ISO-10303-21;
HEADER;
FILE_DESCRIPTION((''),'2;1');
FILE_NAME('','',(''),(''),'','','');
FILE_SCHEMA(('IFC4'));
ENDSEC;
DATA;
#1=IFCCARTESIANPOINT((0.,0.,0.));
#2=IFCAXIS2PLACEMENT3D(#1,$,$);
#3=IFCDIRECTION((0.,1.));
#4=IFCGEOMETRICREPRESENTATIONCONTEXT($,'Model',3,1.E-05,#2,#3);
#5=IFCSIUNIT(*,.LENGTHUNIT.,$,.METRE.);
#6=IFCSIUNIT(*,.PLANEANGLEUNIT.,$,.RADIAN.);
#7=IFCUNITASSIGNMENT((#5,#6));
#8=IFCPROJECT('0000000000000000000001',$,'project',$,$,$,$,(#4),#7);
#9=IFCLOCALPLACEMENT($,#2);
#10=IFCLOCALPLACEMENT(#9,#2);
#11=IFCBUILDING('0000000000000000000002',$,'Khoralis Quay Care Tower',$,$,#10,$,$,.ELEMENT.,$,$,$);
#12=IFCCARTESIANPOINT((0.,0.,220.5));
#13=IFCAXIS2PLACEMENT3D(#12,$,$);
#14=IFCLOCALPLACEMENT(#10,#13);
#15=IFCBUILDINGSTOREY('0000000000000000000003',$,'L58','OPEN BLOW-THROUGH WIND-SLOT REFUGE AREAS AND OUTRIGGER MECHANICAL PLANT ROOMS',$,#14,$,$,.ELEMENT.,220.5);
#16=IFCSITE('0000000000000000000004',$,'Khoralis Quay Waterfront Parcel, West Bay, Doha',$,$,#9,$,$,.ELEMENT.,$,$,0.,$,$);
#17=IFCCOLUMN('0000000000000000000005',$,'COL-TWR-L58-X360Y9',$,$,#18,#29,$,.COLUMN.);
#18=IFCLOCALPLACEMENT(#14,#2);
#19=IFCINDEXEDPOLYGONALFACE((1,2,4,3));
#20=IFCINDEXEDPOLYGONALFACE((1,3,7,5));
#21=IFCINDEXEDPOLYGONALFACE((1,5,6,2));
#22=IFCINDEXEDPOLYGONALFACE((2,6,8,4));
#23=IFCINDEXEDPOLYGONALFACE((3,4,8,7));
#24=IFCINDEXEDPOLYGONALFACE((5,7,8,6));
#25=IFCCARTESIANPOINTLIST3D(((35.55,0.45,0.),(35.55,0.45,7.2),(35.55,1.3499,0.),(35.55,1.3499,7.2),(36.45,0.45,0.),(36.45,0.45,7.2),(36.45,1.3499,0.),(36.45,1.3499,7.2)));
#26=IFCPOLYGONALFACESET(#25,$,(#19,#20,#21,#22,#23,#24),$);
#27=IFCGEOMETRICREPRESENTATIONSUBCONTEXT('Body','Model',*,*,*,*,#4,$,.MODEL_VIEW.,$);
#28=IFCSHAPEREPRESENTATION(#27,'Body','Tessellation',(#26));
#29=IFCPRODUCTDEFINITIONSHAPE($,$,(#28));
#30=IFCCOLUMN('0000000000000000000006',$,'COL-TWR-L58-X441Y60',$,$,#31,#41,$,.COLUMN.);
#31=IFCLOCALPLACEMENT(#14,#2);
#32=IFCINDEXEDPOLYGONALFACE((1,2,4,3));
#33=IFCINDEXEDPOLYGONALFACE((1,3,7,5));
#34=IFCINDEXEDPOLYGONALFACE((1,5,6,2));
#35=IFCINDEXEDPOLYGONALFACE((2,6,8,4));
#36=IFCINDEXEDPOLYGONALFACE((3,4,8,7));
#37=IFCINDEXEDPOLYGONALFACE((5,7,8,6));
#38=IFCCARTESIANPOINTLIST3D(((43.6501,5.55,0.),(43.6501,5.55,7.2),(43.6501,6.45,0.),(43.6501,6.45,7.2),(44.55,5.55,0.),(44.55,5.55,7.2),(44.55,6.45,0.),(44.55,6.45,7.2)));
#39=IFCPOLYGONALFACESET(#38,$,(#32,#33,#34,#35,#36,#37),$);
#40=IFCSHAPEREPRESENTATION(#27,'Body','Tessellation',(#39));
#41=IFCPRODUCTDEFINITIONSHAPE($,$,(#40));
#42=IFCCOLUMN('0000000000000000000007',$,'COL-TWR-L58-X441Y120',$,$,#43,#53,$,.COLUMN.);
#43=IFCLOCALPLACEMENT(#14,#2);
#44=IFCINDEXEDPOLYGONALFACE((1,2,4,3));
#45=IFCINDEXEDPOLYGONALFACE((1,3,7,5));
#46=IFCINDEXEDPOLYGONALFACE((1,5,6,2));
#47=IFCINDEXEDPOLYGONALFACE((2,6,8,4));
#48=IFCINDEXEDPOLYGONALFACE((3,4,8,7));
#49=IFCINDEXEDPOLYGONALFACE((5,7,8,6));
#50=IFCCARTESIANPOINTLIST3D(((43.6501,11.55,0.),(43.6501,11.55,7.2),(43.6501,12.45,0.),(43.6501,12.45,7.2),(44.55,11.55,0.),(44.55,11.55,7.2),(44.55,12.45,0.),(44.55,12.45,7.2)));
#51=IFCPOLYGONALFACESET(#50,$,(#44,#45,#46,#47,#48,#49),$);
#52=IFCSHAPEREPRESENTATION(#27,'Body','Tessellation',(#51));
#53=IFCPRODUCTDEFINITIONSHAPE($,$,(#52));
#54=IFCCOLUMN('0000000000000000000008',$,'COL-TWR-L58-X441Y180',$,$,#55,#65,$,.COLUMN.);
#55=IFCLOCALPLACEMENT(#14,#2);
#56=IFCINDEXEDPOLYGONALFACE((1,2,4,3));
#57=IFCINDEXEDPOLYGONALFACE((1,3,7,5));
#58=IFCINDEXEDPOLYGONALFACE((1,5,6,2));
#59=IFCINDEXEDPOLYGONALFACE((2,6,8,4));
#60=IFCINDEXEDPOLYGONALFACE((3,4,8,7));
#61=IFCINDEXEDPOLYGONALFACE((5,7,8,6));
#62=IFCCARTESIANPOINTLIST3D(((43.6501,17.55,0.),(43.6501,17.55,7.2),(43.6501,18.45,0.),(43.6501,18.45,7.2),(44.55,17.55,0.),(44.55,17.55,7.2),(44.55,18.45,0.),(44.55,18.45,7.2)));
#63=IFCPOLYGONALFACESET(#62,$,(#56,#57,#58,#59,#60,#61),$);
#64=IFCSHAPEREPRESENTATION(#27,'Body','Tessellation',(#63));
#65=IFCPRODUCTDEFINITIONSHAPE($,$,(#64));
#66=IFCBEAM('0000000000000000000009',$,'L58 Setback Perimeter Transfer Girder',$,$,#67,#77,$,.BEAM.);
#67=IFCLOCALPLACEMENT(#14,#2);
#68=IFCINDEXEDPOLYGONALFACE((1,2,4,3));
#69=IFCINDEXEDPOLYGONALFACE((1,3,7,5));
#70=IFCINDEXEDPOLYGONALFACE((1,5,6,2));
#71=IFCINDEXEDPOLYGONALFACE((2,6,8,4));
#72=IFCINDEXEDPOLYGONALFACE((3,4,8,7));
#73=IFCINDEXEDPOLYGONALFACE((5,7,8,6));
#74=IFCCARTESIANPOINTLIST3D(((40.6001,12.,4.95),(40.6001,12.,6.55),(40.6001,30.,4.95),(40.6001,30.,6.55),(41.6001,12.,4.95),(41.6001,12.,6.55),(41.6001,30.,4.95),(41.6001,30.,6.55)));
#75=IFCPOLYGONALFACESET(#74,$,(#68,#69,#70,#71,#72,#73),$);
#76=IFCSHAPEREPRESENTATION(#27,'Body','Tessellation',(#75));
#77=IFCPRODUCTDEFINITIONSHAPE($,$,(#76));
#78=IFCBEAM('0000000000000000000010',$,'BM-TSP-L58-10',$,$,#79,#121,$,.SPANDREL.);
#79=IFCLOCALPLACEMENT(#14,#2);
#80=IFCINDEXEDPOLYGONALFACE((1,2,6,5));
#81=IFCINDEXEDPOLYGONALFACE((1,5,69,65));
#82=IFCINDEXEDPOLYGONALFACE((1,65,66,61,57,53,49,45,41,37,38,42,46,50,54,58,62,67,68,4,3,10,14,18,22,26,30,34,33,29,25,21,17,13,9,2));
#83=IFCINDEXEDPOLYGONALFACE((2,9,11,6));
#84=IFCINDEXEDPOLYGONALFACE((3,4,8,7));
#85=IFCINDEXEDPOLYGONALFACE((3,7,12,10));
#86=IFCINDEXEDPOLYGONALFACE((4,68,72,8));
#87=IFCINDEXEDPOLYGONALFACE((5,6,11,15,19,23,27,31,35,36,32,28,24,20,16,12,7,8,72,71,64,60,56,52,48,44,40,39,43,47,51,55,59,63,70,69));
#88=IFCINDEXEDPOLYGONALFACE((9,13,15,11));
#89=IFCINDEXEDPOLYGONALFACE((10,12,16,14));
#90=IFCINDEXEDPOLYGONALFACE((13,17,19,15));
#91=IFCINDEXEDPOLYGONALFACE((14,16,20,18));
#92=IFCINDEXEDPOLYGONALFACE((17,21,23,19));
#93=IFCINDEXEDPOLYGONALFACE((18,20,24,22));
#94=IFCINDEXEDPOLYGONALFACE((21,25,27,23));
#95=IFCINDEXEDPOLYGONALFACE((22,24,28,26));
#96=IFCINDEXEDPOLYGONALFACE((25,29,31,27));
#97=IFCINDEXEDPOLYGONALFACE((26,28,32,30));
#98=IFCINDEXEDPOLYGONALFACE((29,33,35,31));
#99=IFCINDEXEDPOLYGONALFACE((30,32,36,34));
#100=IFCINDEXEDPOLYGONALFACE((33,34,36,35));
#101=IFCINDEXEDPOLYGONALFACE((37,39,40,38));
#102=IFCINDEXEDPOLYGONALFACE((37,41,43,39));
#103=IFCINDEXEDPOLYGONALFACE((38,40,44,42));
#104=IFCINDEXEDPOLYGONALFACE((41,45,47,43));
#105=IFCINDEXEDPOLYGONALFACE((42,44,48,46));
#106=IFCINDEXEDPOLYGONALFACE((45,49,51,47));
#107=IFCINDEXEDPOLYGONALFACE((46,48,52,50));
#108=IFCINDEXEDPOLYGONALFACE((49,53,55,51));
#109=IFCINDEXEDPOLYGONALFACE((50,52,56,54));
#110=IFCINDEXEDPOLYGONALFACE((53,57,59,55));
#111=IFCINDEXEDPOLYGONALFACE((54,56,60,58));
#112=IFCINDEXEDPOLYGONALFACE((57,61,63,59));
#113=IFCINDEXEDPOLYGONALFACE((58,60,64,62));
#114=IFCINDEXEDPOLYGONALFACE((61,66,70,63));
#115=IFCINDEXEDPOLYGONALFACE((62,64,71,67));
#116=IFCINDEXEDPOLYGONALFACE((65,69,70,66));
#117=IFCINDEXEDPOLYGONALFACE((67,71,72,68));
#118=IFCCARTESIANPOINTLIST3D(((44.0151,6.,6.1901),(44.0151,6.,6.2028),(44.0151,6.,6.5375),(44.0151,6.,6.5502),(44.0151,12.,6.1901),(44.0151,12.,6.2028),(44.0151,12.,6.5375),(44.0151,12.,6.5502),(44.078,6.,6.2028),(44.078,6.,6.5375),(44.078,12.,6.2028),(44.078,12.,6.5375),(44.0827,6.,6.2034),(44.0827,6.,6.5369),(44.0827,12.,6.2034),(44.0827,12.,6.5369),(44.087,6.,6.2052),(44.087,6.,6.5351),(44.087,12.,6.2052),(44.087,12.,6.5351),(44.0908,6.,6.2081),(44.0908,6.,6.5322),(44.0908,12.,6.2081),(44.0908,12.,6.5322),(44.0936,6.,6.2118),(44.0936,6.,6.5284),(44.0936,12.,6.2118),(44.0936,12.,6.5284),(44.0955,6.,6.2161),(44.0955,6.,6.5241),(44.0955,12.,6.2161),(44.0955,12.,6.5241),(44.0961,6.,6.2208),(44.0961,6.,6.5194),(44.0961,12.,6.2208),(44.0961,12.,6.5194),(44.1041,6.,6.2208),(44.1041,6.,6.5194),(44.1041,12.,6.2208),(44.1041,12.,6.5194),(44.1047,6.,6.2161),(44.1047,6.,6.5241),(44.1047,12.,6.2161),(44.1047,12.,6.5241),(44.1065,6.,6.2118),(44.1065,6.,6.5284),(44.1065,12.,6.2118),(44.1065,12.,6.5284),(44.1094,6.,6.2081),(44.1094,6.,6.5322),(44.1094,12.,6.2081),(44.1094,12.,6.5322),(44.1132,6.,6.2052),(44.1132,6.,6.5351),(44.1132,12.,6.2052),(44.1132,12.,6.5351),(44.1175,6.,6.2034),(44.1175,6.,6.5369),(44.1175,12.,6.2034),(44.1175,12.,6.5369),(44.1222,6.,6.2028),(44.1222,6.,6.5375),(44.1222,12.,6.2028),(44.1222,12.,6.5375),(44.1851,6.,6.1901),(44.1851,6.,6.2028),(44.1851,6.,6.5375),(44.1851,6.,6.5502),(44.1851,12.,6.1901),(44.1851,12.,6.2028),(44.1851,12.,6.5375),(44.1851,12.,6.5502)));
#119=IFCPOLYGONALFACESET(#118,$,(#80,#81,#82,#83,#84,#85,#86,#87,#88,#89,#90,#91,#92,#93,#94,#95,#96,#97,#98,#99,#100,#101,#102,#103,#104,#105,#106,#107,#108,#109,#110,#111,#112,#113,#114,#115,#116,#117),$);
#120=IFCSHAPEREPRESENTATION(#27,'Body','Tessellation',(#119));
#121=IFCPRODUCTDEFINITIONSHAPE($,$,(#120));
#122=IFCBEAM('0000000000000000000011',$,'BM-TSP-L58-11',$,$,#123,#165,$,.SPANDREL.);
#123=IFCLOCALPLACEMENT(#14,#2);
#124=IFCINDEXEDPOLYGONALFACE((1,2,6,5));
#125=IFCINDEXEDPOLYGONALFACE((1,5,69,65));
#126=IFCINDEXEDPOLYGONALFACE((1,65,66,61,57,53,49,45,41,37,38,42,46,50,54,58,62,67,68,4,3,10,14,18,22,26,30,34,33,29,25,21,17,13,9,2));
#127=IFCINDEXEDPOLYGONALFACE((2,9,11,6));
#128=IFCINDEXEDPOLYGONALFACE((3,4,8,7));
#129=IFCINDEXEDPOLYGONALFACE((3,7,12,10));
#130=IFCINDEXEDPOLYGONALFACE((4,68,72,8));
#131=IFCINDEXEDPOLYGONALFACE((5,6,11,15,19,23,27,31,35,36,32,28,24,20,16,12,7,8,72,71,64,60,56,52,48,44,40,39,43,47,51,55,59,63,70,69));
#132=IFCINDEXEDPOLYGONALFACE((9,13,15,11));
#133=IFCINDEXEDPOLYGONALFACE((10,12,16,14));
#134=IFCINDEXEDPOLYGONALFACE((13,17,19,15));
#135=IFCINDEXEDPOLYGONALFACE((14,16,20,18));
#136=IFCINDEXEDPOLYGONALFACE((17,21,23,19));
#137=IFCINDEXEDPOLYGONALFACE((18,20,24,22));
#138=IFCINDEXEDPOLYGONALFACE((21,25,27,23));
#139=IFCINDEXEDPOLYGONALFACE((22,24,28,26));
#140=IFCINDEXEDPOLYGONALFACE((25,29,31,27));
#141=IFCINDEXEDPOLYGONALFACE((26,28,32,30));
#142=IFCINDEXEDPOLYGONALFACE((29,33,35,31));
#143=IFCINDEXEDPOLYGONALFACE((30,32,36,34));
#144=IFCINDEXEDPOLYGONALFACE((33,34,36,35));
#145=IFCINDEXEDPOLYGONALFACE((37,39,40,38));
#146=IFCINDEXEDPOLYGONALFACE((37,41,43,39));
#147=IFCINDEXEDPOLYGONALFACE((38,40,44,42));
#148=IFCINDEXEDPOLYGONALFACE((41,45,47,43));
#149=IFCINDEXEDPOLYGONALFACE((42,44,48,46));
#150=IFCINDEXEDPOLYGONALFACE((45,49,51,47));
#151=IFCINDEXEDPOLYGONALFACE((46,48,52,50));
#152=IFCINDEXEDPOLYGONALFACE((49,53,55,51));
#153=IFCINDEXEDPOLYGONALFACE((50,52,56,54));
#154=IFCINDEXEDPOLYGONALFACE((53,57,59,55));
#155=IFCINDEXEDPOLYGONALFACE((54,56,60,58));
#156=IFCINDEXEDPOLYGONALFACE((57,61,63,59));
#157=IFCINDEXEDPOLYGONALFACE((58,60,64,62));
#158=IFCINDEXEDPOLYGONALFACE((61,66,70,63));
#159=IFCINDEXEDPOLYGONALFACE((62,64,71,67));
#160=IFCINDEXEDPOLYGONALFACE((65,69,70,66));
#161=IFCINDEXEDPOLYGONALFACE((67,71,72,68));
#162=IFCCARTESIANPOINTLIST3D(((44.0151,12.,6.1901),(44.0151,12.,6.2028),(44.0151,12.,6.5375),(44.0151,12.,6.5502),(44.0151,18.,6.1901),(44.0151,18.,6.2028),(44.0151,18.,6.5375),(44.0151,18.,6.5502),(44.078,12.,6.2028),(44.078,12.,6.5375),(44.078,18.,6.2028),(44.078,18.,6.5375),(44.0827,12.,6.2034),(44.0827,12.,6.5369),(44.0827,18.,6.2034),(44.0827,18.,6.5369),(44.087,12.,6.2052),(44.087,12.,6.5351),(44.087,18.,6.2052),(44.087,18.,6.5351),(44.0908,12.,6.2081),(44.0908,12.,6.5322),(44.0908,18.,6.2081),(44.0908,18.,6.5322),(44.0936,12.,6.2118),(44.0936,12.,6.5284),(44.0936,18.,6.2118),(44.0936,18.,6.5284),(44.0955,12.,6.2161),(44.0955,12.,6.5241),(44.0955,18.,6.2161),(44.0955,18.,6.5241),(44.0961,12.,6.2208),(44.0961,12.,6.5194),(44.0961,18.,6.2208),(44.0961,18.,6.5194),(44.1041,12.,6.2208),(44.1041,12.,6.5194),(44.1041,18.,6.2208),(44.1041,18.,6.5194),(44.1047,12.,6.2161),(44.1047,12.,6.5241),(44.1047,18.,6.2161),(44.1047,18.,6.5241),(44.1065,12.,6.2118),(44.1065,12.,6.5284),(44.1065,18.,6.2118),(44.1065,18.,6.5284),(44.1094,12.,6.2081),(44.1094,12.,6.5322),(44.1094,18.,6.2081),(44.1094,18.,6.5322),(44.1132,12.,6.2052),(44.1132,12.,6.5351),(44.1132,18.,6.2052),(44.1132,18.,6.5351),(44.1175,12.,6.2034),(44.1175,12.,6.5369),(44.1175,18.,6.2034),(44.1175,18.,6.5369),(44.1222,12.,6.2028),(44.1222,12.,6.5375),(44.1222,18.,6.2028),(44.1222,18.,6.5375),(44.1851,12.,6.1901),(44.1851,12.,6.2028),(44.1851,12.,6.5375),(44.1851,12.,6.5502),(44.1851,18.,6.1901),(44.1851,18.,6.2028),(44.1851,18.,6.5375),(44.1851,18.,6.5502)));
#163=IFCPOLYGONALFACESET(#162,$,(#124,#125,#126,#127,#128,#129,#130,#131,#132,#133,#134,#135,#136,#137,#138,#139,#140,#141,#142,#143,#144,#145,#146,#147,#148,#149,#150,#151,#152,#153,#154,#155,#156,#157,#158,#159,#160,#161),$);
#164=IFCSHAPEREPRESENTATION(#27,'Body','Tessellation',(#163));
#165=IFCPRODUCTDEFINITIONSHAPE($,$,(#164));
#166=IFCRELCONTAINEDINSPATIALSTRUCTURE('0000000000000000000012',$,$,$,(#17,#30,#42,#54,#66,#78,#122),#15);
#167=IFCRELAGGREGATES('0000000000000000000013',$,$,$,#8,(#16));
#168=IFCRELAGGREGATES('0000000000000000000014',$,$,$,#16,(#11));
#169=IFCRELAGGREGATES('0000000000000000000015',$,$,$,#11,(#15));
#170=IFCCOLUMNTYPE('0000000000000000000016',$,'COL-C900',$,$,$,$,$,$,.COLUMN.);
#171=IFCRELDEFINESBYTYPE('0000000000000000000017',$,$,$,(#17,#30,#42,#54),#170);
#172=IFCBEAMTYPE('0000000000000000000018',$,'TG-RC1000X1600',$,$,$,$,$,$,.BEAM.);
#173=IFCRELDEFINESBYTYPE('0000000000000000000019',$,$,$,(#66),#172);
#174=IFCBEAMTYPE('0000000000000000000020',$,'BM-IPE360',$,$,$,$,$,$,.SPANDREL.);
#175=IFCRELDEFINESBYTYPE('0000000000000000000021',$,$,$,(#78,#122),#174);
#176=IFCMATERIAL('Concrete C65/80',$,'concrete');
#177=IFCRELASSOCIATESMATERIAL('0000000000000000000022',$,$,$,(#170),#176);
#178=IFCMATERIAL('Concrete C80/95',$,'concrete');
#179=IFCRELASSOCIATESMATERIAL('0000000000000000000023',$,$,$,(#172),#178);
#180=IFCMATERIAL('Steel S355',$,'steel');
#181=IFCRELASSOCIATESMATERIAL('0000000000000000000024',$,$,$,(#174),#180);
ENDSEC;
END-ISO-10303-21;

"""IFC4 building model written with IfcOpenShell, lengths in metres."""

from ifc_helpers import new_model, si_unit, direction, frame, origin, origin_2d, place, context, subcontext, project, spatial, rectangle, i_section, extrude, source, transform, mapped, material, material_profile, profile_set, type_object, element, save


model = new_model("IFC4")

# Units and contexts
model_context = context("Model", 3, precision=1e-05, world=origin(), true_north=direction((0.0, 1.0)))
body_context = subcontext(model_context, "Body", "Model", "MODEL_VIEW")
ifc_project = project(units=[si_unit("LENGTHUNIT", "METRE"), si_unit("PLANEANGLEUNIT", "RADIAN")], contexts=[model_context])

# Site, building, storey
site_placement = place(None, origin())
site = spatial("IfcSite", under=ifc_project, at=site_placement, Name="Khoralis Quay Waterfront Parcel, West Bay, Doha", CompositionType="ELEMENT", RefElevation=0.0)
building_placement = place(site_placement, origin())
building = spatial("IfcBuilding", under=site, at=building_placement, Name="Khoralis Quay Care Tower", CompositionType="ELEMENT")
storey_placement = place(building_placement, frame((0.0, 0.0, 220.5)))
storey = spatial("IfcBuildingStorey", under=building, at=storey_placement, Name="L58", Description="OPEN BLOW-THROUGH WIND-SLOT REFUGE AREAS AND OUTRIGGER MECHANICAL PLANT ROOMS", CompositionType="ELEMENT", Elevation=220.5)

# Columns
ifc_material_1 = material(Name="Concrete C65/80", Category="concrete")
ifc_material_profile_1 = material_profile(ifc_material_1, rectangle(XDim=0.8999, YDim=0.8999, at=origin_2d()), Name="Concrete C65/80")
ifc_profile_set_1 = profile_set([ifc_material_profile_1], Name="Concrete C65/80")
column_type = type_object("IfcColumnType", Name="COL-C900", PredefinedType="COLUMN", material=ifc_profile_set_1)
shared_shape_1 = source(origin(), body_context, "Body", "SweptSolid", [
    extrude(rectangle(XDim=0.8999, YDim=0.8999, at=origin_2d()), origin(), (0.0, 0.0, 1.0), 7.2),
])
for number, where, z_axis, x_axis, name in (
    (1, (36.0, 0.8999, 0.0), (0.0, 0.0, 1.0), (1.0, 0.0, 0.0), "COL-TWR-L58-X360Y9"),
    (2, (44.1001, 6.0, 0.0), (0.0, 0.0, 1.0), (1.0, 0.0, 0.0), "COL-TWR-L58-X441Y60"),
    (3, (44.1001, 12.0, 0.0), (0.0, 0.0, 1.0), (1.0, 0.0, 0.0), "COL-TWR-L58-X441Y120"),
    (4, (44.1001, 18.0, 0.0), (0.0, 0.0, 1.0), (1.0, 0.0, 0.0), "COL-TWR-L58-X441Y180"),
):
    element("IfcColumn", number, at=place(storey_placement, frame(where, z_axis=z_axis, x_axis=x_axis)), inside=storey, type_object=column_type, Name=name, PredefinedType="COLUMN", context=body_context, shape_type="MappedRepresentation", body=[
        mapped(shared_shape_1, transform((0.0, 0.0, 0.0), scale=1.0)),
    ])

# Beams
ifc_material_2 = material(Name="Concrete C80/95", Category="concrete")
ifc_material_profile_2 = material_profile(ifc_material_2, rectangle(XDim=1.0, YDim=1.6001, at=origin_2d()), Name="Concrete C80/95")
ifc_profile_set_2 = profile_set([ifc_material_profile_2], Name="Concrete C80/95")
beam_type_1 = type_object("IfcBeamType", Name="TG-RC1000X1600", PredefinedType="BEAM", material=ifc_profile_set_2)
shared_shape_2 = source(origin(), body_context, "Body", "SweptSolid", [
    extrude(rectangle(XDim=1.0, YDim=1.6001, at=origin_2d()), origin(), (0.0, 0.0, 1.0), 18.0),
])
beam_1_placement = place(storey_placement, frame((41.1001, 12.0, 5.75), z_axis=(0.0, 1.0, 0.0), x_axis=(-1.0, 0.0, 0.0)))
element("IfcBeam", 5, at=beam_1_placement, inside=storey, type_object=beam_type_1, Name="L58 Setback Perimeter Transfer Girder", PredefinedType="BEAM", context=body_context, shape_type="MappedRepresentation", body=[
    mapped(shared_shape_2, transform((0.0, 0.0, 0.0), scale=1.0)),
])
ifc_material_3 = material(Name="Steel S355", Category="steel")
ifc_material_profile_3 = material_profile(ifc_material_3, i_section(OverallWidth=0.1699, OverallDepth=0.3601, WebThickness=0.0081, FlangeThickness=0.0127, FilletRadius=0.0181, at=origin_2d()), Name="Steel S355")
ifc_profile_set_3 = profile_set([ifc_material_profile_3], Name="Steel S355")
beam_type_2 = type_object("IfcBeamType", Name="BM-IPE360", PredefinedType="SPANDREL", material=ifc_profile_set_3)
shared_shape_3 = source(origin(), body_context, "Body", "SweptSolid", [
    extrude(i_section(OverallWidth=0.1699, OverallDepth=0.3601, WebThickness=0.0081, FlangeThickness=0.0127, FilletRadius=0.0181, at=origin_2d()), origin(), (0.0, 0.0, 1.0), 6.0),
])
for number, where, z_axis, x_axis, name in (
    (6, (44.1001, 6.0, 6.3701), (0.0, 1.0, 0.0), (-1.0, 0.0, 0.0), "BM-TSP-L58-10"),
    (7, (44.1001, 12.0, 6.3701), (0.0, 1.0, 0.0), (-1.0, 0.0, 0.0), "BM-TSP-L58-11"),
):
    element("IfcBeam", number, at=place(storey_placement, frame(where, z_axis=z_axis, x_axis=x_axis)), inside=storey, type_object=beam_type_2, Name=name, PredefinedType="SPANDREL", context=body_context, shape_type="MappedRepresentation", body=[
        mapped(shared_shape_3, transform((0.0, 0.0, 0.0), scale=1.0)),
    ])

save(model, "model.ifc")
